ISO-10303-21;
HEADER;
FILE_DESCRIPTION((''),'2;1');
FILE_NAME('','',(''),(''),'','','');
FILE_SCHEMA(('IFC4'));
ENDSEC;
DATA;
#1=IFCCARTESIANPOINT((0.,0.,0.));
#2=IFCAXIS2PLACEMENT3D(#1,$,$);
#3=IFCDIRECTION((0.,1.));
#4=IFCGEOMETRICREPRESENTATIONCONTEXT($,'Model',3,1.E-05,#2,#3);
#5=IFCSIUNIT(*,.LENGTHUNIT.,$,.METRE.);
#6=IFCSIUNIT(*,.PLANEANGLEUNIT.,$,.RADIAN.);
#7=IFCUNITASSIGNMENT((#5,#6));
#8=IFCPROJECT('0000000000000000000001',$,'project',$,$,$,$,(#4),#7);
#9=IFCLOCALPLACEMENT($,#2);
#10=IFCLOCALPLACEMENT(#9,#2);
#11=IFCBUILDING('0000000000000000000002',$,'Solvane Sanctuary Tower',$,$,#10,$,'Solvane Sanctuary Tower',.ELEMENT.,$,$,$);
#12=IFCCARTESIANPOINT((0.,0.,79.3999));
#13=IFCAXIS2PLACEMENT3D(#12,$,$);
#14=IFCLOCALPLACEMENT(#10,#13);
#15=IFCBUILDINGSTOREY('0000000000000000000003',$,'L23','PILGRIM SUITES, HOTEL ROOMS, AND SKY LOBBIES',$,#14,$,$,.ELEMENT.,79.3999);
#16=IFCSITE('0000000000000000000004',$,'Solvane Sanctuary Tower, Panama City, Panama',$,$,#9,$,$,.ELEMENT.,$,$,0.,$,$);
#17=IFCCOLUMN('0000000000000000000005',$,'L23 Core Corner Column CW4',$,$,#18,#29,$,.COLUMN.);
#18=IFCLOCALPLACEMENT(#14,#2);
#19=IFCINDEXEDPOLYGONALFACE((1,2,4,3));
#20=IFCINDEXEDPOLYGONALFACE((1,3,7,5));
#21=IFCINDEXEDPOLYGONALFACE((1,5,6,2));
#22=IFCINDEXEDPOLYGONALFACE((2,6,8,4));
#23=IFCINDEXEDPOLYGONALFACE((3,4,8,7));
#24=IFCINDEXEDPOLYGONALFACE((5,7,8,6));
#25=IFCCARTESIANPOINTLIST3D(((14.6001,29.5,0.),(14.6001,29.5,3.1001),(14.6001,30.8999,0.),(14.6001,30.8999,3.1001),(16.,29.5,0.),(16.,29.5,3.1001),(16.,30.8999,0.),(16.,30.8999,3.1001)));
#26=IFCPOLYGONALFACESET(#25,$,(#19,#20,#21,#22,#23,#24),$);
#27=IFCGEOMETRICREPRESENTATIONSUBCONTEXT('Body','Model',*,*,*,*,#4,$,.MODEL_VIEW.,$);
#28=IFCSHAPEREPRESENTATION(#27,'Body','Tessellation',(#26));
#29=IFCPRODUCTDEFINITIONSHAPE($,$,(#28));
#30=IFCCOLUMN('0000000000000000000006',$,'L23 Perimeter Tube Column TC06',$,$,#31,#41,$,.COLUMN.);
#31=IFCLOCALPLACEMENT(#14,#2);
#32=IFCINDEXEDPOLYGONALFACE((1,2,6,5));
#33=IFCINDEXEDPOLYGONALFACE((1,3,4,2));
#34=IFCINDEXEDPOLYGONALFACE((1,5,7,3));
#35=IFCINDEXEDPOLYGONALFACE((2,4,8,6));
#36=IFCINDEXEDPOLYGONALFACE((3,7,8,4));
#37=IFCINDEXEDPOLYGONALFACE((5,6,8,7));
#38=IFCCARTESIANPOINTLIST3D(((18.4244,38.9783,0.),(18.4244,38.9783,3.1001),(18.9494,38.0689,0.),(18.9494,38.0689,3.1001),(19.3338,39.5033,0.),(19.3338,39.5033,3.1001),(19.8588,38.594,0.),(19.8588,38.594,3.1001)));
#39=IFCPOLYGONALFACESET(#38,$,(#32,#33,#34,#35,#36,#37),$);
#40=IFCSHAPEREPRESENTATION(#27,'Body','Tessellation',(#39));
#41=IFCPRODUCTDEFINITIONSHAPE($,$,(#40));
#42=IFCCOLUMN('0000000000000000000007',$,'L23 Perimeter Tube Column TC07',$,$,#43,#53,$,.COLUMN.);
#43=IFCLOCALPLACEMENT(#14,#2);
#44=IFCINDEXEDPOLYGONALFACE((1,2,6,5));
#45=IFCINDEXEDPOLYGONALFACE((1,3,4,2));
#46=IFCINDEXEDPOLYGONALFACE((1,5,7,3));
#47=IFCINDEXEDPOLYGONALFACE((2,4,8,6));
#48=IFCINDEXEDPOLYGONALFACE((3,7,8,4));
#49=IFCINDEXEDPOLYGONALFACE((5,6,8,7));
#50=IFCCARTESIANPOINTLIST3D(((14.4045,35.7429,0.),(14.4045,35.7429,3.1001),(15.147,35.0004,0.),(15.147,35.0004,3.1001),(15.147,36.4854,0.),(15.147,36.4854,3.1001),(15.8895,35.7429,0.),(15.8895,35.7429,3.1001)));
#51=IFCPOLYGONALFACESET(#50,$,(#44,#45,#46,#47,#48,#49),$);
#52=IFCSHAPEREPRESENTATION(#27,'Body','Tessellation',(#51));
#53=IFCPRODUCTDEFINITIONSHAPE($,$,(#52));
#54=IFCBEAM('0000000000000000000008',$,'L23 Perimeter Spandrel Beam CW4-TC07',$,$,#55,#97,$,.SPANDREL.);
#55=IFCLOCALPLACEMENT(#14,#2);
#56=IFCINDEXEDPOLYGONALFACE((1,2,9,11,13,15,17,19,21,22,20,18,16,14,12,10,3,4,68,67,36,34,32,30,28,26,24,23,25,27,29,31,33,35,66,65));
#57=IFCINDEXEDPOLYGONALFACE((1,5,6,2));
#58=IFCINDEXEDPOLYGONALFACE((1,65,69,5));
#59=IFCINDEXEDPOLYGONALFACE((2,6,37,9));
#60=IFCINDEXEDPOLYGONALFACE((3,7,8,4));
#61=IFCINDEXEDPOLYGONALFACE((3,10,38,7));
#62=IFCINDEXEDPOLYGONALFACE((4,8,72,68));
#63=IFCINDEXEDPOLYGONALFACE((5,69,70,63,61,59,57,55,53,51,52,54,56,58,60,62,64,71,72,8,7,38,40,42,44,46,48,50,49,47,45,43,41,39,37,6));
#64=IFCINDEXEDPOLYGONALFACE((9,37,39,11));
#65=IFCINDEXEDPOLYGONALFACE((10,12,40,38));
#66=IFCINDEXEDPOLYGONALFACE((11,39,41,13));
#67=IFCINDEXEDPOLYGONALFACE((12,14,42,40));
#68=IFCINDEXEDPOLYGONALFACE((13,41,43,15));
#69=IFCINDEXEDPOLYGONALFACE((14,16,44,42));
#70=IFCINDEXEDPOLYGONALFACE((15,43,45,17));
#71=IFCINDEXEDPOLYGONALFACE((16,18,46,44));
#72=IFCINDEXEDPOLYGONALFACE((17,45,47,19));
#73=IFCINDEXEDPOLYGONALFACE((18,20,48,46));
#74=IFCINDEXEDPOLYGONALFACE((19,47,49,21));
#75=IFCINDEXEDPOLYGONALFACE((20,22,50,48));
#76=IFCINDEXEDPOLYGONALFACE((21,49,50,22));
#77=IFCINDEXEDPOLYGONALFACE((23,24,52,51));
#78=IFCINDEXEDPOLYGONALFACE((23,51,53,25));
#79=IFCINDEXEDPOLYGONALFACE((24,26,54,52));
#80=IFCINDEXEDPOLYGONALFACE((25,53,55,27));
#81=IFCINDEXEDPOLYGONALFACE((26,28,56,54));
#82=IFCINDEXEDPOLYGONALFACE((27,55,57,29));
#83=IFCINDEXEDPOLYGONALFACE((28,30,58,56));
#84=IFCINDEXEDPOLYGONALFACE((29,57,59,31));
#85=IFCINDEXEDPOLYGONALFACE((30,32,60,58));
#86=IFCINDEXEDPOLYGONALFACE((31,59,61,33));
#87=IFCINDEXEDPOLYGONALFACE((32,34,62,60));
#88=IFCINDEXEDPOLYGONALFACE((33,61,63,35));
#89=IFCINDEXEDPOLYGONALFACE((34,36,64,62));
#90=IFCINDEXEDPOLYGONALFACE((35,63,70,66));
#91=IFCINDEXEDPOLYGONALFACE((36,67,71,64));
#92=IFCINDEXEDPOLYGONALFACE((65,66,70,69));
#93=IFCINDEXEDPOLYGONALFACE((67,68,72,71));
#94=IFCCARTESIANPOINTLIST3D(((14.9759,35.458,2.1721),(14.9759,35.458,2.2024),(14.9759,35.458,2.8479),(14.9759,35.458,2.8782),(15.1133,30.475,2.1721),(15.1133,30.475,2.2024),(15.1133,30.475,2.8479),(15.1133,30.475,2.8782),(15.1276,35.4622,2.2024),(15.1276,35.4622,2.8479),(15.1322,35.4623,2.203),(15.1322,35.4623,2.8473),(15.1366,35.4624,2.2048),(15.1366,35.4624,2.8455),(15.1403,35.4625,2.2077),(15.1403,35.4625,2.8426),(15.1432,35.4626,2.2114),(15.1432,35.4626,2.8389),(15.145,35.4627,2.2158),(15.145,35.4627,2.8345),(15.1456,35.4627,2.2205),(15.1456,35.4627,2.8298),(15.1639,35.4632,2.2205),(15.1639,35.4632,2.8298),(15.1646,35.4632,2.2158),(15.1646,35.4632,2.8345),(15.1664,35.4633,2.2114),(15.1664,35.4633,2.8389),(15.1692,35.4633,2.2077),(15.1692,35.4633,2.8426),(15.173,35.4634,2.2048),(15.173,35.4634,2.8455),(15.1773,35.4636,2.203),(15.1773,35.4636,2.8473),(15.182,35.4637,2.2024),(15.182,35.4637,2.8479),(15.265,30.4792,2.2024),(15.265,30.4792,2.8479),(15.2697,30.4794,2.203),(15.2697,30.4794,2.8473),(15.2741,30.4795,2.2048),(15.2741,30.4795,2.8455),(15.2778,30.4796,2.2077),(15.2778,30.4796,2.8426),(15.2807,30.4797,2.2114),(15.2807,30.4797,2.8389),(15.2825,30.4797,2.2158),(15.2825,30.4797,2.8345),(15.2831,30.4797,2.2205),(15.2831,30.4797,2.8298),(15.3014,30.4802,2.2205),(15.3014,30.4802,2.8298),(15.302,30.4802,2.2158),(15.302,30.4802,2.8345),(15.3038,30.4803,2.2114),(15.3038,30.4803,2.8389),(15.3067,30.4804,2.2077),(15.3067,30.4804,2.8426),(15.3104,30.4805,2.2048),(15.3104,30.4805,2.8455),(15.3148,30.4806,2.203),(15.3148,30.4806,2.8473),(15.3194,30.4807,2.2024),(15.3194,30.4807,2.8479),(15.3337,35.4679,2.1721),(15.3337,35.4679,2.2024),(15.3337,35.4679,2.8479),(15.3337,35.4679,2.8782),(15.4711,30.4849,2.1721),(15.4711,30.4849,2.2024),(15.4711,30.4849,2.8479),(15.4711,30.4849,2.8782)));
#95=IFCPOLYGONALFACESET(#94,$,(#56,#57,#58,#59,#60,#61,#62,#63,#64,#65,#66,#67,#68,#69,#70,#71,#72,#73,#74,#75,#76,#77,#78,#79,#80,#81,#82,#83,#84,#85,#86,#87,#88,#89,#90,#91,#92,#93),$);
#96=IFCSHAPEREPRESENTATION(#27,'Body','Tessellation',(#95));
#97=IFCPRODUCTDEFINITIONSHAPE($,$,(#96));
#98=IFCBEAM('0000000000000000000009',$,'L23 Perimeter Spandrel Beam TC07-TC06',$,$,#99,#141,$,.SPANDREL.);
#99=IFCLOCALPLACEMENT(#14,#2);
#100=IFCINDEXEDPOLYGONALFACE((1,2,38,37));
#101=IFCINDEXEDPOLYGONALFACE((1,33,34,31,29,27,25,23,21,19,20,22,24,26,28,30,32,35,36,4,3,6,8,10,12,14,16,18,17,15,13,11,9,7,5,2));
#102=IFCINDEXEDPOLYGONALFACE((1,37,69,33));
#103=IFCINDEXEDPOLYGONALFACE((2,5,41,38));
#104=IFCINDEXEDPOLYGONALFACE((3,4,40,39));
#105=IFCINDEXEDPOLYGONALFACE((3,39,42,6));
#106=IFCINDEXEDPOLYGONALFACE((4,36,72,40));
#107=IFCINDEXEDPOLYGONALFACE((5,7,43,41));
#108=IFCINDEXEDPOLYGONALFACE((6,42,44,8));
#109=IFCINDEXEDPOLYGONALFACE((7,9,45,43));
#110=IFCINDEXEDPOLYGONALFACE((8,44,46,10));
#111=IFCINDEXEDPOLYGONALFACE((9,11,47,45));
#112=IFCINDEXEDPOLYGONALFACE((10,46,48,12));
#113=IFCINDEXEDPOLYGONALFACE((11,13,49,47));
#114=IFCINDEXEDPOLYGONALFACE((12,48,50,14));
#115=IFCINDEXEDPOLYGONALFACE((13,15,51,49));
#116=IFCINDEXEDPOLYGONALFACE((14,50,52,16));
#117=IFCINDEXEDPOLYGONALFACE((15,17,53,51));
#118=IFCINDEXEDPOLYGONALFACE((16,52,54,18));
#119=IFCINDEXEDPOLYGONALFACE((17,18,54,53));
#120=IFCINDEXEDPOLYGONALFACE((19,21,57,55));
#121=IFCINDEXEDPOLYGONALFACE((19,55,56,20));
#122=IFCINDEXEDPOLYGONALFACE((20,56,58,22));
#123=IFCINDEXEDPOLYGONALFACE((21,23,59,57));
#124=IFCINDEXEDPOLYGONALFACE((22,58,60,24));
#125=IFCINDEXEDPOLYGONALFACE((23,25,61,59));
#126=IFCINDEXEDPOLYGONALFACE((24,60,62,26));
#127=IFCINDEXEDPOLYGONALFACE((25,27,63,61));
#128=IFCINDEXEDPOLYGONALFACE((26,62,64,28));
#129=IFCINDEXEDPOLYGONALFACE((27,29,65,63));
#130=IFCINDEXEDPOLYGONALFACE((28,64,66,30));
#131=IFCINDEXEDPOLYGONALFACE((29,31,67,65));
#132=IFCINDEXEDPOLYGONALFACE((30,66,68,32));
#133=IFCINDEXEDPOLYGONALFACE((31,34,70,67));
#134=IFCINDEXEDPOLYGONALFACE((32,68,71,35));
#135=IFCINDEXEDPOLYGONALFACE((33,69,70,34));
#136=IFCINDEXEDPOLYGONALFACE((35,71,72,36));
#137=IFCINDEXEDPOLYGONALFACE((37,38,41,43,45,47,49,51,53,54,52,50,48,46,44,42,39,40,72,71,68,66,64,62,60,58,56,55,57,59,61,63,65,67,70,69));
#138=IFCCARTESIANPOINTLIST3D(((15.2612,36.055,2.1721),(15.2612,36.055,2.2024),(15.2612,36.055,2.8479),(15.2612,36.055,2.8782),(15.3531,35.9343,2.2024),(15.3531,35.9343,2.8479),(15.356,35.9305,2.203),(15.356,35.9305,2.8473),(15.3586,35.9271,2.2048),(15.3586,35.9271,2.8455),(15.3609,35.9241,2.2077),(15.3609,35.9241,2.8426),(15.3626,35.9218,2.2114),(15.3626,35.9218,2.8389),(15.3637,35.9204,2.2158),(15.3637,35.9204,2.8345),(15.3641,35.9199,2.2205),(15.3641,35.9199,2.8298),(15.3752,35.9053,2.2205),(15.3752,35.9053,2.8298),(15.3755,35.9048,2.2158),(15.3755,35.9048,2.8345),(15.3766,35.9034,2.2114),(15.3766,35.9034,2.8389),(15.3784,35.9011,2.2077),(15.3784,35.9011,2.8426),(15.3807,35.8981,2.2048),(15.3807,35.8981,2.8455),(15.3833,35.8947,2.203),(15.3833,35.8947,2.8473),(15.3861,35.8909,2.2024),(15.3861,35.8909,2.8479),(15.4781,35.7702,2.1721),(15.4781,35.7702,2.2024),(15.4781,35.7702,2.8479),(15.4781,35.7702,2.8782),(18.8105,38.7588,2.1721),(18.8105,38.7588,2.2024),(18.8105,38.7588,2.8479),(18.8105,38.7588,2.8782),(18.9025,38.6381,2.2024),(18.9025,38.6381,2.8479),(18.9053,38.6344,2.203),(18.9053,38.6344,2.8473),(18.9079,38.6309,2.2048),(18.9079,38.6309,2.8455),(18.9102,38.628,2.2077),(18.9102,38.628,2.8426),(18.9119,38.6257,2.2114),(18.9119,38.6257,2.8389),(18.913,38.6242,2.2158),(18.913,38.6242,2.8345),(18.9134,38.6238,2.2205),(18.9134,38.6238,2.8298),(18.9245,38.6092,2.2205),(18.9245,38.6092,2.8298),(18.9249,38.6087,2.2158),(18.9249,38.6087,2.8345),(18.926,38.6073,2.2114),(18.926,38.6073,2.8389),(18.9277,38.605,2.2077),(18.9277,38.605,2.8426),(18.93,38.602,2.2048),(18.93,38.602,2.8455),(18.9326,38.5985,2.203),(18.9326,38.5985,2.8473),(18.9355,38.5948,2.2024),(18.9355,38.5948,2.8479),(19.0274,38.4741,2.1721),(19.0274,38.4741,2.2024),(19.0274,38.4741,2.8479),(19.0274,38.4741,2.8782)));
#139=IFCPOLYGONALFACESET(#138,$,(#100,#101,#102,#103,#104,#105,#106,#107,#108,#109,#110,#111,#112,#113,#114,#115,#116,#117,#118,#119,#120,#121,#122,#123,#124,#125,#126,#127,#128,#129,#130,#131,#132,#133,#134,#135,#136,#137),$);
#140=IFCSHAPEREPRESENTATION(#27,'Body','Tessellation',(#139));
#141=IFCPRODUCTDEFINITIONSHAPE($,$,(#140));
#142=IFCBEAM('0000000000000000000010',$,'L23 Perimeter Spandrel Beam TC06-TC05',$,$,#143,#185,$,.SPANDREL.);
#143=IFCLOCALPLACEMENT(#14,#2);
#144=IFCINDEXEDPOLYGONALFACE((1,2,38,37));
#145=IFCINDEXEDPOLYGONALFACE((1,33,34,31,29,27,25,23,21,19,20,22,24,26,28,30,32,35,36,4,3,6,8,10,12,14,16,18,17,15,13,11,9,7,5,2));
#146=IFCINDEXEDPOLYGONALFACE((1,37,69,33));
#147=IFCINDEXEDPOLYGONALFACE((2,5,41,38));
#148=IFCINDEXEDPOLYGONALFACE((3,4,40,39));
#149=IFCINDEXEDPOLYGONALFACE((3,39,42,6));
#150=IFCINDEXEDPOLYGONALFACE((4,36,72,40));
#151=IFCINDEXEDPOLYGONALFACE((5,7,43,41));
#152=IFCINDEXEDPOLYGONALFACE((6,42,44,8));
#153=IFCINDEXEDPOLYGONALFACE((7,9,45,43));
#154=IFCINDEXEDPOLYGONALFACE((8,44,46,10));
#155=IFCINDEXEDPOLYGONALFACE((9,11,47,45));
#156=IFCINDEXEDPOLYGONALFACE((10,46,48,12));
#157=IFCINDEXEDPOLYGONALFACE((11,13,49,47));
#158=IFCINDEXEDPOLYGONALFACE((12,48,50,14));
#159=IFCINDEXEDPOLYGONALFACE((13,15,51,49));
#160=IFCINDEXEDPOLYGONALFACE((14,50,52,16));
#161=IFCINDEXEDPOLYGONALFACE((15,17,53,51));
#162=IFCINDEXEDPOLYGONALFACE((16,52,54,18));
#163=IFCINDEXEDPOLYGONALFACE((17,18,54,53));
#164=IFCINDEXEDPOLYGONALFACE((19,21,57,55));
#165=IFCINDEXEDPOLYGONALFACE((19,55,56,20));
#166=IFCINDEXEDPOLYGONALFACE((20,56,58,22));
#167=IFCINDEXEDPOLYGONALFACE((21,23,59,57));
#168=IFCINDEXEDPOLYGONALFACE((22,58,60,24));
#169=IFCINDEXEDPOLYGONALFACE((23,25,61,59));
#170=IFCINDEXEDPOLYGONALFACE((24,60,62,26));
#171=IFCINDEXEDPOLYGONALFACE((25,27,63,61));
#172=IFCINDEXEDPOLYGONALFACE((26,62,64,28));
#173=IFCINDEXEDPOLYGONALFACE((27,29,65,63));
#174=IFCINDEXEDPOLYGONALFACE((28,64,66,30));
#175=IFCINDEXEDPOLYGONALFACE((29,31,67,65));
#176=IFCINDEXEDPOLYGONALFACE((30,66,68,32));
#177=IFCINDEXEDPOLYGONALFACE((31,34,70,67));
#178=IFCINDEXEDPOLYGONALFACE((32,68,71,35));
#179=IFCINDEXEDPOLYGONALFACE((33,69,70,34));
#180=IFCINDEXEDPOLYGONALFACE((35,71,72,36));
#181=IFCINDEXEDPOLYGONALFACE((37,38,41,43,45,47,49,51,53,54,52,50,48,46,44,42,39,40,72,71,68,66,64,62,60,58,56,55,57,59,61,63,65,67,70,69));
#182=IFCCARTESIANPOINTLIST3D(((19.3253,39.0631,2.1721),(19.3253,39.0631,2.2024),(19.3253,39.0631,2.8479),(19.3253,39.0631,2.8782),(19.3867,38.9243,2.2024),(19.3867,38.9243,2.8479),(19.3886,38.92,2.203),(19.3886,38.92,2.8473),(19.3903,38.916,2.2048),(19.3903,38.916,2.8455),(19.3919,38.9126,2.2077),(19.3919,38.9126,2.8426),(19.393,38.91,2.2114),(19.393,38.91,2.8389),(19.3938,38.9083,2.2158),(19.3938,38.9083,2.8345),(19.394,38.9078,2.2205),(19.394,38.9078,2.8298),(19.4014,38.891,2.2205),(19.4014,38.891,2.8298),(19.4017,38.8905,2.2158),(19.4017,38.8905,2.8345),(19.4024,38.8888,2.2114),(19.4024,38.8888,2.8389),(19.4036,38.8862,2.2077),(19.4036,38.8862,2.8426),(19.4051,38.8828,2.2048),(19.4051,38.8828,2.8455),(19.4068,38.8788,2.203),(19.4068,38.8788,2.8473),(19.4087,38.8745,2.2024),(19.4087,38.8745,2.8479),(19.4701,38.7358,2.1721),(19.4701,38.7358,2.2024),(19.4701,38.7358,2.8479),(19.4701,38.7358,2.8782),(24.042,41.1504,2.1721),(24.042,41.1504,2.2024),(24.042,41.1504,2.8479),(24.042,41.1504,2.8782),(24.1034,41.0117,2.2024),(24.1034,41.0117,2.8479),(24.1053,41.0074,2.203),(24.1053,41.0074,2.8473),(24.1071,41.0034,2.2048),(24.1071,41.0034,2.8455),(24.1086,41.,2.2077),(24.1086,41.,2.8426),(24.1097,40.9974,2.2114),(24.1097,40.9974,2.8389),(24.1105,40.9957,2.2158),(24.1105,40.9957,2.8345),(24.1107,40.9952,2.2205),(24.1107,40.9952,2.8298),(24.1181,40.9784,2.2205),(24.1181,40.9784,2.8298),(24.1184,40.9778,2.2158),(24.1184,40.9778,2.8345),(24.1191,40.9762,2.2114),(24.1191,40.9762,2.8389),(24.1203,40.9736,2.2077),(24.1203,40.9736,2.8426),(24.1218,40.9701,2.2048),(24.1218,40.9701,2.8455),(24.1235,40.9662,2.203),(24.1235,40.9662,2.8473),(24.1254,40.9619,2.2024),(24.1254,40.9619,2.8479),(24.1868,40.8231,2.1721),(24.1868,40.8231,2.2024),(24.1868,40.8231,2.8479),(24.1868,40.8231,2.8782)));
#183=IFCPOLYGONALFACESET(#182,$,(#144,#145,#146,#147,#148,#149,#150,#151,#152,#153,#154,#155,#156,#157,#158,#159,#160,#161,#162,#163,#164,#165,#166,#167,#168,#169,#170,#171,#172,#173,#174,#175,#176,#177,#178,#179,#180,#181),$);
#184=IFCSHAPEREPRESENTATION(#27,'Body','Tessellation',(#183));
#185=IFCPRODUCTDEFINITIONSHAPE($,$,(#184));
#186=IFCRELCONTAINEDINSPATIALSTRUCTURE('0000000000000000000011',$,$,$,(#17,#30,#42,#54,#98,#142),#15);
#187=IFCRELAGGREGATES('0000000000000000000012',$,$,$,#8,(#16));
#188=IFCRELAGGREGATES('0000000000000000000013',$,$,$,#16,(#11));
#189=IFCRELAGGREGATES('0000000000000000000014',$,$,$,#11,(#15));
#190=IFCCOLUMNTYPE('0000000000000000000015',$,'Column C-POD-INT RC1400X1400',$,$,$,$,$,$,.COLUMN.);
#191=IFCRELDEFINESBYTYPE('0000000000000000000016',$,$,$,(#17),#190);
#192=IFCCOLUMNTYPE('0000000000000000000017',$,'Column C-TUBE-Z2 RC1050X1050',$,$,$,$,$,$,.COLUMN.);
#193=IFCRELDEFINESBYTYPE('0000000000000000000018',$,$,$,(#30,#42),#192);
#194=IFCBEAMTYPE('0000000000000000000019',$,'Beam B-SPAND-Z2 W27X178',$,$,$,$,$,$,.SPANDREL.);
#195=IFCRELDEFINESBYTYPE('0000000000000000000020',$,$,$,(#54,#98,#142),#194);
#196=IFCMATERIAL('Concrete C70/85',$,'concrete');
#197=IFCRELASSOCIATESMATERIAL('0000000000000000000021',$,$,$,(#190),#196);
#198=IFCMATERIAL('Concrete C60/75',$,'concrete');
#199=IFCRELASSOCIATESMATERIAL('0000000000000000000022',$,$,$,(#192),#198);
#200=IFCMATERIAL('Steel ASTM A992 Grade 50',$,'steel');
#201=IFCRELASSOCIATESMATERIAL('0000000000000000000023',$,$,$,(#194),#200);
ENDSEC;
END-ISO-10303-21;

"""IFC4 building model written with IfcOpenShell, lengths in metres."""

from ifc_helpers import new_model, si_unit, direction, frame, origin, origin_2d, place, context, subcontext, project, spatial, rectangle, i_section, extrude, material, material_profile, profile_set, type_object, element, save


model = new_model("IFC4")

# Units and contexts
model_context = context("Model", 3, precision=1e-05, world=origin(), true_north=direction((0.0, 1.0)))
body_context = subcontext(model_context, "Body", "Model", "MODEL_VIEW")
ifc_project = project(units=[si_unit("LENGTHUNIT", "METRE"), si_unit("PLANEANGLEUNIT", "RADIAN")], contexts=[model_context])

# Site, building, storey
site_placement = place(None, origin())
site = spatial("IfcSite", under=ifc_project, at=site_placement, Name="Solvane Sanctuary Tower, Panama City, Panama", CompositionType="ELEMENT", RefElevation=0.0)
building_placement = place(site_placement, origin())
building = spatial("IfcBuilding", under=site, at=building_placement, Name="Solvane Sanctuary Tower", LongName="Solvane Sanctuary Tower", CompositionType="ELEMENT")
storey_placement = place(building_placement, frame((0.0, 0.0, 79.3999)))
storey = spatial("IfcBuildingStorey", under=building, at=storey_placement, Name="L23", Description="PILGRIM SUITES, HOTEL ROOMS, AND SKY LOBBIES", CompositionType="ELEMENT", Elevation=79.3999)

# Columns
ifc_material_1 = material(Name="Concrete C70/85", Category="concrete")
ifc_material_profile_1 = material_profile(ifc_material_1, rectangle(XDim=1.3999, YDim=1.3999, at=origin_2d()), Name="RC1400X1400")
ifc_profile_set_1 = profile_set([ifc_material_profile_1], Name="Concrete C70/85")
column_type_1 = type_object("IfcColumnType", Name="Column C-POD-INT RC1400X1400", PredefinedType="COLUMN", material=ifc_profile_set_1)
column_placement = place(storey_placement, frame((15.3, 30.2, 0.0), z_axis=(0.0, 0.0, 1.0), x_axis=(1.0, 0.0, 0.0)))
element("IfcColumn", 1, at=column_placement, inside=storey, type_object=column_type_1, Name="L23 Core Corner Column CW4", PredefinedType="COLUMN", context=body_context, shape_type="SweptSolid", body=[
    extrude(rectangle(XDim=1.3999, YDim=1.3999, at=origin_2d()), origin(), (0.0, 0.0, 1.0), 3.1001),
])
ifc_material_2 = material(Name="Concrete C60/75", Category="concrete")
ifc_material_profile_2 = material_profile(ifc_material_2, rectangle(XDim=1.05, YDim=1.05, at=origin_2d()), Name="RC1050X1050")
ifc_profile_set_2 = profile_set([ifc_material_profile_2], Name="Concrete C60/75")
column_type_2 = type_object("IfcColumnType", Name="Column C-TUBE-Z2 RC1050X1050", PredefinedType="COLUMN", material=ifc_profile_set_2)
for number, where, z_axis, x_axis, name in (
    (2, (19.1416, 38.7861, 0.0), (0.0, 0.0, 1.0), (-0.5, 0.866025, 0.0), "L23 Perimeter Tube Column TC06"),
    (3, (15.147, 35.7429, 0.0), (0.0, 0.0, 1.0), (-0.707107, 0.707107, 0.0), "L23 Perimeter Tube Column TC07"),
):
    element("IfcColumn", number, at=place(storey_placement, frame(where, z_axis=z_axis, x_axis=x_axis)), inside=storey, type_object=column_type_2, Name=name, PredefinedType="COLUMN", context=body_context, shape_type="SweptSolid", body=[
        extrude(rectangle(XDim=1.05, YDim=1.05, at=origin_2d()), origin(), (0.0, 0.0, 1.0), 3.1001),
    ])

# Beams
ifc_material_3 = material(Name="Steel ASTM A992 Grade 50", Category="steel")
ifc_material_profile_3 = material_profile(ifc_material_3, i_section(OverallWidth=0.3579, OverallDepth=0.7061, WebThickness=0.0183, FlangeThickness=0.0303, FilletRadius=0.0181, at=origin_2d()), Name="W27X178")
ifc_profile_set_3 = profile_set([ifc_material_profile_3], Name="Steel ASTM A992 Grade 50")
beam_type = type_object("IfcBeamType", Name="Beam B-SPAND-Z2 W27X178", PredefinedType="SPANDREL", material=ifc_profile_set_3)
beam_1_placement = place(storey_placement, frame((15.2922, 30.48, 2.5251), z_axis=(-0.027574, 0.99962, 0.0), x_axis=(-0.99962, -0.027574, 0.0)))
element("IfcBeam", 4, at=beam_1_placement, inside=storey, type_object=beam_type, Name="L23 Perimeter Spandrel Beam CW4-TC07", PredefinedType="SPANDREL", context=body_context, shape_type="SweptSolid", body=[
    extrude(i_section(OverallWidth=0.3579, OverallDepth=0.7061, WebThickness=0.0183, FlangeThickness=0.0303, FilletRadius=0.0181, at=origin_2d()), origin(), (0.0, 0.0, 1.0), 4.9849),
])
beam_2_placement = place(storey_placement, frame((15.3696, 35.9126, 2.5251), z_axis=(0.795473, 0.605989, 0.0), x_axis=(-0.605989, 0.795473, 0.0)))
element("IfcBeam", 5, at=beam_2_placement, inside=storey, type_object=beam_type, Name="L23 Perimeter Spandrel Beam TC07-TC06", PredefinedType="SPANDREL", context=body_context, shape_type="SweptSolid", body=[
    extrude(i_section(OverallWidth=0.3579, OverallDepth=0.7061, WebThickness=0.0183, FlangeThickness=0.0303, FilletRadius=0.0181, at=origin_2d()), origin(), (0.0, 0.0, 1.0), 4.4619),
])
beam_3_placement = place(storey_placement, frame((19.3977, 38.8994, 2.5251), z_axis=(0.914455, 0.404689, 0.0), x_axis=(-0.404689, 0.914455, 0.0)))
element("IfcBeam", 6, at=beam_3_placement, inside=storey, type_object=beam_type, Name="L23 Perimeter Spandrel Beam TC06-TC05", PredefinedType="SPANDREL", context=body_context, shape_type="SweptSolid", body=[
    extrude(i_section(OverallWidth=0.3579, OverallDepth=0.7061, WebThickness=0.0183, FlangeThickness=0.0303, FilletRadius=0.0181, at=origin_2d()), origin(), (0.0, 0.0, 1.0), 5.158),
])

save(model, "model.ifc")
